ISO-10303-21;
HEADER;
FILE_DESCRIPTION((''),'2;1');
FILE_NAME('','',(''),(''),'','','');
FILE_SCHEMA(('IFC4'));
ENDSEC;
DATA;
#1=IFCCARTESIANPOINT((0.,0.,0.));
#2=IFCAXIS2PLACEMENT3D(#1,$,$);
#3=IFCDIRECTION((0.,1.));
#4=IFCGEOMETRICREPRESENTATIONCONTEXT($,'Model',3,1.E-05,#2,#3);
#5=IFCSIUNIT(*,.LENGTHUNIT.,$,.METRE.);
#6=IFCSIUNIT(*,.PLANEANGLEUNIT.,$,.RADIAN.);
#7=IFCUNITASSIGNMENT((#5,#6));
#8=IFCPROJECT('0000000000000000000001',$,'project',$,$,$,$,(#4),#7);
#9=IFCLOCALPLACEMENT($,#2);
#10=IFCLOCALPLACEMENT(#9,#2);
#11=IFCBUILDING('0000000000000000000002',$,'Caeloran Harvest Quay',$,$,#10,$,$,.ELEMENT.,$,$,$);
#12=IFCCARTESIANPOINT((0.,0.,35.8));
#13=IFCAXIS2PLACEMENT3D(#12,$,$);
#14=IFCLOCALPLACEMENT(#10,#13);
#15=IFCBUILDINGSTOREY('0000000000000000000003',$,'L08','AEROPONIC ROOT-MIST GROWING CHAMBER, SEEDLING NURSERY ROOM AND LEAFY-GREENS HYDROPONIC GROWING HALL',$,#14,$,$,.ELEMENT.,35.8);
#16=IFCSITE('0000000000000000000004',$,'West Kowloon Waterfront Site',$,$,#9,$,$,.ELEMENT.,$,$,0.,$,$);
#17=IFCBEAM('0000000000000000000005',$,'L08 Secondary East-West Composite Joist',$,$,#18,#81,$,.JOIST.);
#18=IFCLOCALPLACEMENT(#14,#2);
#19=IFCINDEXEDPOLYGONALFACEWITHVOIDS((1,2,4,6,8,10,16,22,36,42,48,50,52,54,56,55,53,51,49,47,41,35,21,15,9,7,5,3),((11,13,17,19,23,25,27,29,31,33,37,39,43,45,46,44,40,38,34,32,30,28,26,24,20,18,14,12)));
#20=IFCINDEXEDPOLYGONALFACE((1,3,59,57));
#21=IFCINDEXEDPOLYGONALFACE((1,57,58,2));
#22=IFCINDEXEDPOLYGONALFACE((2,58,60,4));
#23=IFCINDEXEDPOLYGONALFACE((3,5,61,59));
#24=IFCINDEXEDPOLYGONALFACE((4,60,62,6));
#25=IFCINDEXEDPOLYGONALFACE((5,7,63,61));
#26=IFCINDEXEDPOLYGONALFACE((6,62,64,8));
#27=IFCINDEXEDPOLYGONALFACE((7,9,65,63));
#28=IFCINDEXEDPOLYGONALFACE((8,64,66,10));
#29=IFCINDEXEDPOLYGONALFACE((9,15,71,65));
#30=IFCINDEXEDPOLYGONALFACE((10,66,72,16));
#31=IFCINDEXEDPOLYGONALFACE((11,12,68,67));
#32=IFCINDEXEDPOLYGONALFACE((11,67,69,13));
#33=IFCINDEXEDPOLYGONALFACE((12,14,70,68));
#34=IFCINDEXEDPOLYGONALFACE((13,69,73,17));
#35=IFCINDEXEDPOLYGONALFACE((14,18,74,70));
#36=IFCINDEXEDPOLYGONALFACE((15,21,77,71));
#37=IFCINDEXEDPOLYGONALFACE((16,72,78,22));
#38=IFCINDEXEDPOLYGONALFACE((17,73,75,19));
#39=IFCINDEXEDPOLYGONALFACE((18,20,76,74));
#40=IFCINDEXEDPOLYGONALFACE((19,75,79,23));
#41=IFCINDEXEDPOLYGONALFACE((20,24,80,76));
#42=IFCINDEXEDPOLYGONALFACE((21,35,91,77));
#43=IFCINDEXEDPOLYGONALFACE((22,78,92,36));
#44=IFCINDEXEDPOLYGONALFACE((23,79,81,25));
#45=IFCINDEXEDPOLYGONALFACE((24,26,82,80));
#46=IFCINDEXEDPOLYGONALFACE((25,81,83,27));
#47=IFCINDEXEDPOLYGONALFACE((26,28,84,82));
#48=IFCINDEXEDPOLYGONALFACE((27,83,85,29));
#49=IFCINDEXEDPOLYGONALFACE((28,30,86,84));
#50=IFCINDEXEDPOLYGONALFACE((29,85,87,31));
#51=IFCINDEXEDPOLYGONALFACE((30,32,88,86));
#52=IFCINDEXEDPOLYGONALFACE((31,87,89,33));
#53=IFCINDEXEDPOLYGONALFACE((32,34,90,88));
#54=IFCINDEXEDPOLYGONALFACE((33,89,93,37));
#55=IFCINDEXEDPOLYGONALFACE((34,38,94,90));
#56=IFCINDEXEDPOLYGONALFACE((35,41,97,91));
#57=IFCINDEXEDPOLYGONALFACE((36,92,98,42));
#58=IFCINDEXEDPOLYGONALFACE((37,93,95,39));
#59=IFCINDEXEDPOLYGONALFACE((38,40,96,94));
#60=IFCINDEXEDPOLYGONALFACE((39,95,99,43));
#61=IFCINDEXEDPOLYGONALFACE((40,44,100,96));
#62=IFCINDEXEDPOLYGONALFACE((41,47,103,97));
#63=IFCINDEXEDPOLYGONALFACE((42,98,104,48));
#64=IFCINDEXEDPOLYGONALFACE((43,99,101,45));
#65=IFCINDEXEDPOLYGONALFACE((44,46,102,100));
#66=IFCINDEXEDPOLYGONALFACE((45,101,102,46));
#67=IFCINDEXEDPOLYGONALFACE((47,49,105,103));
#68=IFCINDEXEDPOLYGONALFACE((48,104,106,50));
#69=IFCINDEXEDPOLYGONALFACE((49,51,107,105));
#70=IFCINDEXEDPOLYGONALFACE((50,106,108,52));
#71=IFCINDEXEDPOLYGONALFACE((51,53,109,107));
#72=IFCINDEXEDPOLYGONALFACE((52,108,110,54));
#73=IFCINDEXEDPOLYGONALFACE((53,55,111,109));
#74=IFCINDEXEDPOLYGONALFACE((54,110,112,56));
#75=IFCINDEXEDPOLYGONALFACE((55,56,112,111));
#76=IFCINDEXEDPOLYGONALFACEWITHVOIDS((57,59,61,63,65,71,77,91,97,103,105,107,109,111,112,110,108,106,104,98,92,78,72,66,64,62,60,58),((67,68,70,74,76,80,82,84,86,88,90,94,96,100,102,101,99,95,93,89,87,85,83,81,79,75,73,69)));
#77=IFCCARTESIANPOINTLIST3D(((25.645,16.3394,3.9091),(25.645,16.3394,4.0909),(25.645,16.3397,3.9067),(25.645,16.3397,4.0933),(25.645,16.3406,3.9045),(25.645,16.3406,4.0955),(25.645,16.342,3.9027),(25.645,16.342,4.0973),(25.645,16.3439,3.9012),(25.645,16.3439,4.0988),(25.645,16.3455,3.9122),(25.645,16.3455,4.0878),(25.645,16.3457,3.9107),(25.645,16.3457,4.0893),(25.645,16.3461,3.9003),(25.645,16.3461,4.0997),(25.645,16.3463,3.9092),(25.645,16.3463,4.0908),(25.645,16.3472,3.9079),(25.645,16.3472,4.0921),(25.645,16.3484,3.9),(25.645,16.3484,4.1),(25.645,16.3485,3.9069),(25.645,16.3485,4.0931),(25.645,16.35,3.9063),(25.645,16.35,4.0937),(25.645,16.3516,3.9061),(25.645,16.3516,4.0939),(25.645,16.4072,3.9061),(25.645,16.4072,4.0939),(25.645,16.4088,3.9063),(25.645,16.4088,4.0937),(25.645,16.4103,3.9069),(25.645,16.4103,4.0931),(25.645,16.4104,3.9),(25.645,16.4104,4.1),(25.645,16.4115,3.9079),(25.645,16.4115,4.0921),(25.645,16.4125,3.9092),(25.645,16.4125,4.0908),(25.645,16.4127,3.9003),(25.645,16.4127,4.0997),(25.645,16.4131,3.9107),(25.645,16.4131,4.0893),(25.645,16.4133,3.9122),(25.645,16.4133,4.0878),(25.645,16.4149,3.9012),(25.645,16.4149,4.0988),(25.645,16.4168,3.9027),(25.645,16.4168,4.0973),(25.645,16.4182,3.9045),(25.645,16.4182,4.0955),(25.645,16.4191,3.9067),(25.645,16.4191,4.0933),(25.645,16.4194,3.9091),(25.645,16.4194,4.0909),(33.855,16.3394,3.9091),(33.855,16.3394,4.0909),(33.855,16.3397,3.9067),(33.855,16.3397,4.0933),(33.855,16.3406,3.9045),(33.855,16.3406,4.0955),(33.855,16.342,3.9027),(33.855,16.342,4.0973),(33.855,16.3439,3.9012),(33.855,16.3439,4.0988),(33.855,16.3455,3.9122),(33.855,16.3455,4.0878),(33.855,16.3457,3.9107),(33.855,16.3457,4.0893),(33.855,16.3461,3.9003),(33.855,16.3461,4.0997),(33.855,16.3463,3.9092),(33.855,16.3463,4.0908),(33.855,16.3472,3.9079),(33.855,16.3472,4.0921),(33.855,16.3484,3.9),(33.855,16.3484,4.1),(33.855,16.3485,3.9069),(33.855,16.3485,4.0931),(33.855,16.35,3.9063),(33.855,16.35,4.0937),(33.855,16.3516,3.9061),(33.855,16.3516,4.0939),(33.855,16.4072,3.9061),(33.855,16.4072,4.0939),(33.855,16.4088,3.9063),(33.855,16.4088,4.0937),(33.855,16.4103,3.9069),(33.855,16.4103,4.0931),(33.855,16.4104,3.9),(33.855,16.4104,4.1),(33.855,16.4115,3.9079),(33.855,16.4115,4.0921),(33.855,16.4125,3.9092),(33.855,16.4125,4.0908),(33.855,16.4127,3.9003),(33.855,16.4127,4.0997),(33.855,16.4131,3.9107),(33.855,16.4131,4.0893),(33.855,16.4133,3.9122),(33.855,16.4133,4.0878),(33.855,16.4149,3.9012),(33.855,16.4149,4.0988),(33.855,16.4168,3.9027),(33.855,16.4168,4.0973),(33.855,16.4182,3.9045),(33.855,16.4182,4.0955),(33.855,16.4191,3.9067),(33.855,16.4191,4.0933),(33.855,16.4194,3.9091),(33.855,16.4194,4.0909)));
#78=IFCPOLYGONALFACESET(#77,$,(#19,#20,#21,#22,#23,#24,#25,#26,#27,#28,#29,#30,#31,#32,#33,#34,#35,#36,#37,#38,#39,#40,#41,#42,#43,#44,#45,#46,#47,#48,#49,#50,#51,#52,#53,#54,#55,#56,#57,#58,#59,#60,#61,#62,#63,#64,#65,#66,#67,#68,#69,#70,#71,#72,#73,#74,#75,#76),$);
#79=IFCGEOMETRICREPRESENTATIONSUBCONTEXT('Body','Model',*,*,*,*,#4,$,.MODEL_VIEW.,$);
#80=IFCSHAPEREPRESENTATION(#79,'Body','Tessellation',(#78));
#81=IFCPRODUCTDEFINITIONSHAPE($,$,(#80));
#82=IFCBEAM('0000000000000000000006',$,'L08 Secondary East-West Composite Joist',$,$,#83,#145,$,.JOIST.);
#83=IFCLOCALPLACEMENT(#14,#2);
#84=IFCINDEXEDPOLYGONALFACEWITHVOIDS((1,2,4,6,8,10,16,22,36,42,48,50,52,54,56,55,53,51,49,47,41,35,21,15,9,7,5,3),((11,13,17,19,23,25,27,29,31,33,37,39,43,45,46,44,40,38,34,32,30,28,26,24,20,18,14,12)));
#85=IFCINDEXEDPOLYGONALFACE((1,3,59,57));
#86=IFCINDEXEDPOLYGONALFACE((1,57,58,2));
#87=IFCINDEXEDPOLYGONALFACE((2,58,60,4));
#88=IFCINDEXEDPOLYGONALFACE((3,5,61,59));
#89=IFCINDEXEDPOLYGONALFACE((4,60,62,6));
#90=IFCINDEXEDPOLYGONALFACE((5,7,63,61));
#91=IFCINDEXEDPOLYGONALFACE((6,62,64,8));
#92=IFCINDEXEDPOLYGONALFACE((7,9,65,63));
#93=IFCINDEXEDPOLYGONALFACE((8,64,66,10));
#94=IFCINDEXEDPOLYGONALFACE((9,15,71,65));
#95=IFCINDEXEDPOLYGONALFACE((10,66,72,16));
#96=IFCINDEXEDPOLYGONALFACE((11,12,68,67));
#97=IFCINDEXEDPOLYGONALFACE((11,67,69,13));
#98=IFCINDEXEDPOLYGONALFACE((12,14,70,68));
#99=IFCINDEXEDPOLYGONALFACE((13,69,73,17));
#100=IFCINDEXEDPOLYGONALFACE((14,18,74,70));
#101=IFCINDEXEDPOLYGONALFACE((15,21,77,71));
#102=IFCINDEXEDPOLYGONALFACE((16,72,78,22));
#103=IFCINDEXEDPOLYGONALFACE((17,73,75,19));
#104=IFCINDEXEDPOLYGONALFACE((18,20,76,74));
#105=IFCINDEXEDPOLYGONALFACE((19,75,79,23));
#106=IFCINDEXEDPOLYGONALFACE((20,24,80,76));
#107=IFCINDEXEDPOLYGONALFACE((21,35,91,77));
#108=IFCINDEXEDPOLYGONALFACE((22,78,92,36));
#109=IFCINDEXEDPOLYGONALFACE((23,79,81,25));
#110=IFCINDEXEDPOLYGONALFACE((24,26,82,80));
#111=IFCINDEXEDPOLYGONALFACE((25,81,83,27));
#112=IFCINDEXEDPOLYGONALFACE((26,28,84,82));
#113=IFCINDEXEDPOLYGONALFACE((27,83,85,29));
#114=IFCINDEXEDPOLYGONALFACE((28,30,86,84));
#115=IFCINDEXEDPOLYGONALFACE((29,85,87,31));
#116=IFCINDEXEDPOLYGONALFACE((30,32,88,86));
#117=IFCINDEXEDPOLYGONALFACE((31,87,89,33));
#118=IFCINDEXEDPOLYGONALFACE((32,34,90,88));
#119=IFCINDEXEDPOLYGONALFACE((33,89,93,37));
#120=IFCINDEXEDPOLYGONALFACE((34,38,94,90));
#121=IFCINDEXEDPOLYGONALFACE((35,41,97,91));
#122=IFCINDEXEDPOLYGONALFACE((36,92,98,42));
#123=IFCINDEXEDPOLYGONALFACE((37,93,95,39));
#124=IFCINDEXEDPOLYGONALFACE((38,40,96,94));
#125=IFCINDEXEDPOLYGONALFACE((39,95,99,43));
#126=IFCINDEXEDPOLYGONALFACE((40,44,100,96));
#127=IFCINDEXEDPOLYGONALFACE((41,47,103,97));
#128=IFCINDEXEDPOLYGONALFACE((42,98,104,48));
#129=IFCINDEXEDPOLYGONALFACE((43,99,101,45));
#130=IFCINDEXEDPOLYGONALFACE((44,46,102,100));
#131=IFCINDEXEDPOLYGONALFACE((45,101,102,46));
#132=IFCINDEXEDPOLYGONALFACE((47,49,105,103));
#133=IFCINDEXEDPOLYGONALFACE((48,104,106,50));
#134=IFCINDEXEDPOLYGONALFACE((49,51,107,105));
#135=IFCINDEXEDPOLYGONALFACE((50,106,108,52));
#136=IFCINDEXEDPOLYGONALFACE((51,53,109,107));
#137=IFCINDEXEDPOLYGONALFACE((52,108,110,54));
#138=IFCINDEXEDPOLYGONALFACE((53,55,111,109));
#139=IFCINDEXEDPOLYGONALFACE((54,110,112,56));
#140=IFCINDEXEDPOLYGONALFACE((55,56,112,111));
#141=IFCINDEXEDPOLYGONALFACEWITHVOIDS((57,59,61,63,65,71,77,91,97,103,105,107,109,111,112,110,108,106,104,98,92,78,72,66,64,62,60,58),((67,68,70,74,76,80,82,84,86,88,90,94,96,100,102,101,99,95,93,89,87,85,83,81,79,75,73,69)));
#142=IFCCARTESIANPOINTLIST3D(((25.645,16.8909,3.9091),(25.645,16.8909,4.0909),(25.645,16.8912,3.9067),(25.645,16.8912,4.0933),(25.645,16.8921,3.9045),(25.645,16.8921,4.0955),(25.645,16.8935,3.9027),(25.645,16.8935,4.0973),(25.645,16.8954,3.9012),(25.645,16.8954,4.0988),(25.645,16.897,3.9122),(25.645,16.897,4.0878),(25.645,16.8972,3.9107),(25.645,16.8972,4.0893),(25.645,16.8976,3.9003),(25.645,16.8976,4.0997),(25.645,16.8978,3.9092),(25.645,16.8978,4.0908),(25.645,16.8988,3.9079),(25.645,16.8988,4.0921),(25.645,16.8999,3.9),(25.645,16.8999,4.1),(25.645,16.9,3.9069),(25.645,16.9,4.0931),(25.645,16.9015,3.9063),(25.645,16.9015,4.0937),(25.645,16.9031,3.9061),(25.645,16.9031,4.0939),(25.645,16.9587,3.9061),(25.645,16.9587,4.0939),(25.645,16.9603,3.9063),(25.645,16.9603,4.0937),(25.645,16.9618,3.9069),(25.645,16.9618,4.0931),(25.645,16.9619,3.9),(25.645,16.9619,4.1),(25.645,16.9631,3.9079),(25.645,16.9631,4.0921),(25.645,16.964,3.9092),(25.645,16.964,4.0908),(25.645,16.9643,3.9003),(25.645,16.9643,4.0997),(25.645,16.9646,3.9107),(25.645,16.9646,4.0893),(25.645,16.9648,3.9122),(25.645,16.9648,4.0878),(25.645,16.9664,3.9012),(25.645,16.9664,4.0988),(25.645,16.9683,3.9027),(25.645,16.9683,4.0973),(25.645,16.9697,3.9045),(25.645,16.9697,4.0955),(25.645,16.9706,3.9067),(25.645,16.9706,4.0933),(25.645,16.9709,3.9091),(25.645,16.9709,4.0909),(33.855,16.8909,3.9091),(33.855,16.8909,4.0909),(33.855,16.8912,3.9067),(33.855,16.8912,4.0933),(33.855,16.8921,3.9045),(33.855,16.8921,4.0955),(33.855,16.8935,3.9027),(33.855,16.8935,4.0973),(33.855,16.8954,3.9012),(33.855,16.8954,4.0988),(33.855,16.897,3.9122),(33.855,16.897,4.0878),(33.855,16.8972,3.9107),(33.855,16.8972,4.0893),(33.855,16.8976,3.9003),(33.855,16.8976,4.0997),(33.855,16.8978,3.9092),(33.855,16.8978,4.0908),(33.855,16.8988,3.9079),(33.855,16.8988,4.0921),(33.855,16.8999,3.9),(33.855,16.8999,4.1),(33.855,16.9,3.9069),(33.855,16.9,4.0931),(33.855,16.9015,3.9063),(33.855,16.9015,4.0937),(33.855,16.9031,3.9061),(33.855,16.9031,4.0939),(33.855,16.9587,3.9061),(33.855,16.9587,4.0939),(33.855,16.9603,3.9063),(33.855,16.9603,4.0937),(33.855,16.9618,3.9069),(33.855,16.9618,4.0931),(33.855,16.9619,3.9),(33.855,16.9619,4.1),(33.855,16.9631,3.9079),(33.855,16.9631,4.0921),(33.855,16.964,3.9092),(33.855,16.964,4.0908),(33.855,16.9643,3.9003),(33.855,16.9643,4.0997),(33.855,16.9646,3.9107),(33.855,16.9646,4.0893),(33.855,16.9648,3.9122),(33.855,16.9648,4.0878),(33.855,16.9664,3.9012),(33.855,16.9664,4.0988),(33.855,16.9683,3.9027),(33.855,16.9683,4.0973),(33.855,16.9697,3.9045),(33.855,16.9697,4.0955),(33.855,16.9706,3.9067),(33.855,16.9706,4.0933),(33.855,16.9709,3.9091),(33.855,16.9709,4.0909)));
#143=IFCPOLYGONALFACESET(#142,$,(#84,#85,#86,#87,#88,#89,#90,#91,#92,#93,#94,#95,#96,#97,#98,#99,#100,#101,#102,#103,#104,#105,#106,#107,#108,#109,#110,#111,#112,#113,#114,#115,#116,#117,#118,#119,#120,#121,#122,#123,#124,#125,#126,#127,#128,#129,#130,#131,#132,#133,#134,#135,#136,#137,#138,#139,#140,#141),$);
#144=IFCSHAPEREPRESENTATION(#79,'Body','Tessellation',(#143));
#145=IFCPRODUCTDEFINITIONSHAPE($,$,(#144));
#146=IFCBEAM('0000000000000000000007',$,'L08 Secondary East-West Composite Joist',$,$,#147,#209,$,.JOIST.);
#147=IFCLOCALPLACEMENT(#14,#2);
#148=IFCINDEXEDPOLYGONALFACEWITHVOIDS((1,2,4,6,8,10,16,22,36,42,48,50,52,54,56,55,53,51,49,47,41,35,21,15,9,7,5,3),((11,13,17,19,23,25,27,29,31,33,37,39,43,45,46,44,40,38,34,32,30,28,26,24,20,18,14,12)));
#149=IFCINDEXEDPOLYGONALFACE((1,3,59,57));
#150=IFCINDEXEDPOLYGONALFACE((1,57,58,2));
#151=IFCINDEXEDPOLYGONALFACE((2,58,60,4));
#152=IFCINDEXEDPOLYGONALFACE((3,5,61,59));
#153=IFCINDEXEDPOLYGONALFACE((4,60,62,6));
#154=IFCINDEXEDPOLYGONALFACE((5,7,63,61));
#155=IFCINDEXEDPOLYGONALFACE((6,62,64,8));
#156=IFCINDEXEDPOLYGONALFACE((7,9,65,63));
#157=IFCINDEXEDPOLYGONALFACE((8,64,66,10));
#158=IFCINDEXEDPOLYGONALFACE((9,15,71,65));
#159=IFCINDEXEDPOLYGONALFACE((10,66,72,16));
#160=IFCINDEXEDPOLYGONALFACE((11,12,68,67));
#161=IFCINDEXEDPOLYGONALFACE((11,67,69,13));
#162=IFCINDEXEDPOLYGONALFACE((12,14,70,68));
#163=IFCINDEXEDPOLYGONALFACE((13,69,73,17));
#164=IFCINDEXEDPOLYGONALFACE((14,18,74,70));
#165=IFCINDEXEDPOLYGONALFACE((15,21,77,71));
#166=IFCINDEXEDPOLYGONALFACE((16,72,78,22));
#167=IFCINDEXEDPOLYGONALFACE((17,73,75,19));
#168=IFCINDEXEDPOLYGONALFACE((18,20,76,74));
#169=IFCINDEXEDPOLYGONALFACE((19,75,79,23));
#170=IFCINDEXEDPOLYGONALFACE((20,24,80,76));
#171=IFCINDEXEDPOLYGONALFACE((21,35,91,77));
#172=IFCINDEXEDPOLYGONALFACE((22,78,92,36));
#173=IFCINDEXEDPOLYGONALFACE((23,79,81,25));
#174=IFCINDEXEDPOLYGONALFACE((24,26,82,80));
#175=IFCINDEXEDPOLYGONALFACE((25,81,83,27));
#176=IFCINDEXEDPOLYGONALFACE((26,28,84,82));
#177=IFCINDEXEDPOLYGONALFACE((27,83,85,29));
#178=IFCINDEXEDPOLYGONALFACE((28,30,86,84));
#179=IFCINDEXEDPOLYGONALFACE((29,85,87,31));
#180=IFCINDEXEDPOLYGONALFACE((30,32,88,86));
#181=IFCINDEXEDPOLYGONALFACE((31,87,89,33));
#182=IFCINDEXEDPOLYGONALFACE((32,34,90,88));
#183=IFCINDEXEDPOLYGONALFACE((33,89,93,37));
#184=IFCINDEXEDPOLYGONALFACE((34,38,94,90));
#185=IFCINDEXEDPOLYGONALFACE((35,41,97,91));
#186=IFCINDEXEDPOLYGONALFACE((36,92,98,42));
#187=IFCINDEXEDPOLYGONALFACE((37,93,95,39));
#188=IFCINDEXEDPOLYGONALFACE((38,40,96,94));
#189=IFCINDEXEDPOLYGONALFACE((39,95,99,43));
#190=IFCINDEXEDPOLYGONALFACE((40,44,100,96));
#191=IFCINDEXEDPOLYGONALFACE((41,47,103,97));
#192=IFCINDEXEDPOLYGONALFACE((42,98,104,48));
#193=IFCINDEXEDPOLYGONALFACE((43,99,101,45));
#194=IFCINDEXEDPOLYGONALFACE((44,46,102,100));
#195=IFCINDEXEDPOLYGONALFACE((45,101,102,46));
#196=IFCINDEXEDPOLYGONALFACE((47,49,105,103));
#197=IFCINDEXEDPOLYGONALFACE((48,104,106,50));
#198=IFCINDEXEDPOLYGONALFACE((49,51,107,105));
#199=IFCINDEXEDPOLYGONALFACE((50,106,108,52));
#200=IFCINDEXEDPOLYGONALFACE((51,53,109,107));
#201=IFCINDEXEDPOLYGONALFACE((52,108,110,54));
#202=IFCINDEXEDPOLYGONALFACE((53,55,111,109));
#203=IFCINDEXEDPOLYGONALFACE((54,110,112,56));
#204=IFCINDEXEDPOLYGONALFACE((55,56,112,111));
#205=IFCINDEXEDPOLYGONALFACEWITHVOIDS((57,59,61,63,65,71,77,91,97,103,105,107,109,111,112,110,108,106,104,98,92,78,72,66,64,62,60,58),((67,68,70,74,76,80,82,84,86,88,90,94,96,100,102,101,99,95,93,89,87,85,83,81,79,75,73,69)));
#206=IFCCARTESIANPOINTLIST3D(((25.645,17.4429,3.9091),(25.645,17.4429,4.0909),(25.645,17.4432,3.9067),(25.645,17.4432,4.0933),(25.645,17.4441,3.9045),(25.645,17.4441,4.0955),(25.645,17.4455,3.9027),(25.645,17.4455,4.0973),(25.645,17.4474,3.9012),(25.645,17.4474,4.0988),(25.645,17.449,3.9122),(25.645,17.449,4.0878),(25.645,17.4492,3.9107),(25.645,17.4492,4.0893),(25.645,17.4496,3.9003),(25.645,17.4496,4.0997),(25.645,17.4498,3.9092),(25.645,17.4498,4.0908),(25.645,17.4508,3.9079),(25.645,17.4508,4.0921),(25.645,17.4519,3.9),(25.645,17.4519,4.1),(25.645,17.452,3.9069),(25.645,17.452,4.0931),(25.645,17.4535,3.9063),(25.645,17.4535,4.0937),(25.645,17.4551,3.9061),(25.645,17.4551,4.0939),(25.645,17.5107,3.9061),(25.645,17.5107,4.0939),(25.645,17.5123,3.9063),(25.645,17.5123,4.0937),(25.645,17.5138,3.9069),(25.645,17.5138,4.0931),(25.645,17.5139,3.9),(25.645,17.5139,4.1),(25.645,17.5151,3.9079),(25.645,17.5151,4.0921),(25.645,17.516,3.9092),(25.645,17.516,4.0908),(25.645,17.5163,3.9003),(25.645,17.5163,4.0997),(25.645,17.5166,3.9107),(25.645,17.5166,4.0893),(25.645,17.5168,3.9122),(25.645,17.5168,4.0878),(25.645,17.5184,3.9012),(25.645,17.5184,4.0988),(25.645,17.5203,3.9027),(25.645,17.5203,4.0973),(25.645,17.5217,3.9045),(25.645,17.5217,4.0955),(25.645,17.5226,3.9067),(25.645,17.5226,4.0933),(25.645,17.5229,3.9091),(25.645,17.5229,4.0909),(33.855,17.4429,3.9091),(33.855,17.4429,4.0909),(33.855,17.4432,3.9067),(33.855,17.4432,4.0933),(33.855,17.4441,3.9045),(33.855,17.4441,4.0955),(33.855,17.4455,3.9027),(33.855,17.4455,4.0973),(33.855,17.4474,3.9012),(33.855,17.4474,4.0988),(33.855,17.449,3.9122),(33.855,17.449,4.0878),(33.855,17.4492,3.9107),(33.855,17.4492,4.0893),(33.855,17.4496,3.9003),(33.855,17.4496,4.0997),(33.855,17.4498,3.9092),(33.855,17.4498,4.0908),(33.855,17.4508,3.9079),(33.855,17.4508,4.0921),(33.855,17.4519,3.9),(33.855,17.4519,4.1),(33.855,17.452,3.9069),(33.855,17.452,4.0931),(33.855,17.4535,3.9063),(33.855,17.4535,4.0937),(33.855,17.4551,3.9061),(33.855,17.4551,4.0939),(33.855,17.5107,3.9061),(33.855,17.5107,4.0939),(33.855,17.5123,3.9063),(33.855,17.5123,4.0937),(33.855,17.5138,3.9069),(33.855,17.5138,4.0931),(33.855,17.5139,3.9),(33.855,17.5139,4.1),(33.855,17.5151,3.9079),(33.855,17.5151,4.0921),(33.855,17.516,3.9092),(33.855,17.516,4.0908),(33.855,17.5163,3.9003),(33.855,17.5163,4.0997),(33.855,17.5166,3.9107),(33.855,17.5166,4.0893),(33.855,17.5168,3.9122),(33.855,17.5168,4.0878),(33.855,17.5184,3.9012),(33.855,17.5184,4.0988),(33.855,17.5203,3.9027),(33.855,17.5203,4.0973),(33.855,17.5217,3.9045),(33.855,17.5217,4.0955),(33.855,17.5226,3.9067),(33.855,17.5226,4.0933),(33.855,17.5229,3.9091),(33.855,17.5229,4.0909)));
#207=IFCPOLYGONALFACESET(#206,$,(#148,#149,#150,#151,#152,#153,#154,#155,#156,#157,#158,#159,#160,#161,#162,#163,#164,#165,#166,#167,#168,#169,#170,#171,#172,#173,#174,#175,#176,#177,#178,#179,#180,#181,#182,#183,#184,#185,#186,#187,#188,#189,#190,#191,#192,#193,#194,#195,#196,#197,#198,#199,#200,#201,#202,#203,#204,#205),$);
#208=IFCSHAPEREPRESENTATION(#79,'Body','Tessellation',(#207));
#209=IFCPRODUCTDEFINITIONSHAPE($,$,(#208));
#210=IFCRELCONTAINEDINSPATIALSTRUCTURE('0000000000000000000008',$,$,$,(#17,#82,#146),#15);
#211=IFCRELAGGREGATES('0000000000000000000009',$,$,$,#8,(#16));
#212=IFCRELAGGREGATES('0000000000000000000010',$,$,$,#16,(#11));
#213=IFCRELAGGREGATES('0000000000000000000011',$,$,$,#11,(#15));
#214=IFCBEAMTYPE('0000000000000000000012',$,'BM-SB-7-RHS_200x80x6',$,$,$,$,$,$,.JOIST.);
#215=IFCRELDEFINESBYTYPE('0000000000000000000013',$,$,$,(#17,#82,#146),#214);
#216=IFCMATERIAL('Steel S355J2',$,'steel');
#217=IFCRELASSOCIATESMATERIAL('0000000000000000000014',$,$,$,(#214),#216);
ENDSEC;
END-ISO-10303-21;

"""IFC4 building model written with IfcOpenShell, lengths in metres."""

from ifc_helpers import new_model, si_unit, direction, frame, origin, origin_2d, place, context, subcontext, project, spatial, hollow_rectangle, extrude, material, material_profile, profile_set, type_object, element, save


model = new_model("IFC4")

# Units and contexts
model_context = context("Model", 3, precision=1e-05, world=origin(), true_north=direction((0.0, 1.0)))
body_context = subcontext(model_context, "Body", "Model", "MODEL_VIEW")
ifc_project = project(units=[si_unit("LENGTHUNIT", "METRE"), si_unit("PLANEANGLEUNIT", "RADIAN")], contexts=[model_context])

# Site, building, storey
site_placement = place(None, origin())
site = spatial("IfcSite", under=ifc_project, at=site_placement, Name="West Kowloon Waterfront Site", CompositionType="ELEMENT", RefElevation=0.0)
building_placement = place(site_placement, origin())
building = spatial("IfcBuilding", under=site, at=building_placement, Name="Caeloran Harvest Quay", CompositionType="ELEMENT")
storey_placement = place(building_placement, frame((0.0, 0.0, 35.8)))
storey = spatial("IfcBuildingStorey", under=building, at=storey_placement, Name="L08", Description="AEROPONIC ROOT-MIST GROWING CHAMBER, SEEDLING NURSERY ROOM AND LEAFY-GREENS HYDROPONIC GROWING HALL", CompositionType="ELEMENT", Elevation=35.8)

# Beams
ifc_material_1 = material(Name="Steel S355J2", Category="steel")
ifc_material_profile_1 = material_profile(ifc_material_1, hollow_rectangle(XDim=0.0801, YDim=0.2, WallThickness=0.0061, InnerFilletRadius=0.0061, OuterFilletRadius=0.009, at=origin_2d()), Name="RHS 200x80x6")
ifc_profile_set_1 = profile_set([ifc_material_profile_1], Name="Steel S355J2")
beam_type_1 = type_object("IfcBeamType", Name="BM-SB-7-RHS_200x80x6", PredefinedType="JOIST", material=ifc_profile_set_1)
for number, where, z_axis, x_axis, name in (
    (1, (25.645, 16.3794, 4.0), (1.0, 0.0, 0.0), (0.0, 1.0, 0.0), "L08 Secondary East-West Composite Joist"),
    (2, (25.645, 16.9309, 4.0), (1.0, 0.0, 0.0), (0.0, 1.0, 0.0), "L08 Secondary East-West Composite Joist"),
    (3, (25.645, 17.4829, 4.0), (1.0, 0.0, 0.0), (0.0, 1.0, 0.0), "L08 Secondary East-West Composite Joist"),
):
    element("IfcBeam", number, at=place(storey_placement, frame(where, z_axis=z_axis, x_axis=x_axis)), inside=storey, type_object=beam_type_1, Name=name, PredefinedType="JOIST", context=body_context, shape_type="SweptSolid", body=[
        extrude(hollow_rectangle(XDim=0.0801, YDim=0.2, WallThickness=0.0061, InnerFilletRadius=0.0061, OuterFilletRadius=0.009, at=origin_2d()), origin(), (0.0, 0.0, 1.0), 8.21),
    ])

save(model, "model.ifc")
